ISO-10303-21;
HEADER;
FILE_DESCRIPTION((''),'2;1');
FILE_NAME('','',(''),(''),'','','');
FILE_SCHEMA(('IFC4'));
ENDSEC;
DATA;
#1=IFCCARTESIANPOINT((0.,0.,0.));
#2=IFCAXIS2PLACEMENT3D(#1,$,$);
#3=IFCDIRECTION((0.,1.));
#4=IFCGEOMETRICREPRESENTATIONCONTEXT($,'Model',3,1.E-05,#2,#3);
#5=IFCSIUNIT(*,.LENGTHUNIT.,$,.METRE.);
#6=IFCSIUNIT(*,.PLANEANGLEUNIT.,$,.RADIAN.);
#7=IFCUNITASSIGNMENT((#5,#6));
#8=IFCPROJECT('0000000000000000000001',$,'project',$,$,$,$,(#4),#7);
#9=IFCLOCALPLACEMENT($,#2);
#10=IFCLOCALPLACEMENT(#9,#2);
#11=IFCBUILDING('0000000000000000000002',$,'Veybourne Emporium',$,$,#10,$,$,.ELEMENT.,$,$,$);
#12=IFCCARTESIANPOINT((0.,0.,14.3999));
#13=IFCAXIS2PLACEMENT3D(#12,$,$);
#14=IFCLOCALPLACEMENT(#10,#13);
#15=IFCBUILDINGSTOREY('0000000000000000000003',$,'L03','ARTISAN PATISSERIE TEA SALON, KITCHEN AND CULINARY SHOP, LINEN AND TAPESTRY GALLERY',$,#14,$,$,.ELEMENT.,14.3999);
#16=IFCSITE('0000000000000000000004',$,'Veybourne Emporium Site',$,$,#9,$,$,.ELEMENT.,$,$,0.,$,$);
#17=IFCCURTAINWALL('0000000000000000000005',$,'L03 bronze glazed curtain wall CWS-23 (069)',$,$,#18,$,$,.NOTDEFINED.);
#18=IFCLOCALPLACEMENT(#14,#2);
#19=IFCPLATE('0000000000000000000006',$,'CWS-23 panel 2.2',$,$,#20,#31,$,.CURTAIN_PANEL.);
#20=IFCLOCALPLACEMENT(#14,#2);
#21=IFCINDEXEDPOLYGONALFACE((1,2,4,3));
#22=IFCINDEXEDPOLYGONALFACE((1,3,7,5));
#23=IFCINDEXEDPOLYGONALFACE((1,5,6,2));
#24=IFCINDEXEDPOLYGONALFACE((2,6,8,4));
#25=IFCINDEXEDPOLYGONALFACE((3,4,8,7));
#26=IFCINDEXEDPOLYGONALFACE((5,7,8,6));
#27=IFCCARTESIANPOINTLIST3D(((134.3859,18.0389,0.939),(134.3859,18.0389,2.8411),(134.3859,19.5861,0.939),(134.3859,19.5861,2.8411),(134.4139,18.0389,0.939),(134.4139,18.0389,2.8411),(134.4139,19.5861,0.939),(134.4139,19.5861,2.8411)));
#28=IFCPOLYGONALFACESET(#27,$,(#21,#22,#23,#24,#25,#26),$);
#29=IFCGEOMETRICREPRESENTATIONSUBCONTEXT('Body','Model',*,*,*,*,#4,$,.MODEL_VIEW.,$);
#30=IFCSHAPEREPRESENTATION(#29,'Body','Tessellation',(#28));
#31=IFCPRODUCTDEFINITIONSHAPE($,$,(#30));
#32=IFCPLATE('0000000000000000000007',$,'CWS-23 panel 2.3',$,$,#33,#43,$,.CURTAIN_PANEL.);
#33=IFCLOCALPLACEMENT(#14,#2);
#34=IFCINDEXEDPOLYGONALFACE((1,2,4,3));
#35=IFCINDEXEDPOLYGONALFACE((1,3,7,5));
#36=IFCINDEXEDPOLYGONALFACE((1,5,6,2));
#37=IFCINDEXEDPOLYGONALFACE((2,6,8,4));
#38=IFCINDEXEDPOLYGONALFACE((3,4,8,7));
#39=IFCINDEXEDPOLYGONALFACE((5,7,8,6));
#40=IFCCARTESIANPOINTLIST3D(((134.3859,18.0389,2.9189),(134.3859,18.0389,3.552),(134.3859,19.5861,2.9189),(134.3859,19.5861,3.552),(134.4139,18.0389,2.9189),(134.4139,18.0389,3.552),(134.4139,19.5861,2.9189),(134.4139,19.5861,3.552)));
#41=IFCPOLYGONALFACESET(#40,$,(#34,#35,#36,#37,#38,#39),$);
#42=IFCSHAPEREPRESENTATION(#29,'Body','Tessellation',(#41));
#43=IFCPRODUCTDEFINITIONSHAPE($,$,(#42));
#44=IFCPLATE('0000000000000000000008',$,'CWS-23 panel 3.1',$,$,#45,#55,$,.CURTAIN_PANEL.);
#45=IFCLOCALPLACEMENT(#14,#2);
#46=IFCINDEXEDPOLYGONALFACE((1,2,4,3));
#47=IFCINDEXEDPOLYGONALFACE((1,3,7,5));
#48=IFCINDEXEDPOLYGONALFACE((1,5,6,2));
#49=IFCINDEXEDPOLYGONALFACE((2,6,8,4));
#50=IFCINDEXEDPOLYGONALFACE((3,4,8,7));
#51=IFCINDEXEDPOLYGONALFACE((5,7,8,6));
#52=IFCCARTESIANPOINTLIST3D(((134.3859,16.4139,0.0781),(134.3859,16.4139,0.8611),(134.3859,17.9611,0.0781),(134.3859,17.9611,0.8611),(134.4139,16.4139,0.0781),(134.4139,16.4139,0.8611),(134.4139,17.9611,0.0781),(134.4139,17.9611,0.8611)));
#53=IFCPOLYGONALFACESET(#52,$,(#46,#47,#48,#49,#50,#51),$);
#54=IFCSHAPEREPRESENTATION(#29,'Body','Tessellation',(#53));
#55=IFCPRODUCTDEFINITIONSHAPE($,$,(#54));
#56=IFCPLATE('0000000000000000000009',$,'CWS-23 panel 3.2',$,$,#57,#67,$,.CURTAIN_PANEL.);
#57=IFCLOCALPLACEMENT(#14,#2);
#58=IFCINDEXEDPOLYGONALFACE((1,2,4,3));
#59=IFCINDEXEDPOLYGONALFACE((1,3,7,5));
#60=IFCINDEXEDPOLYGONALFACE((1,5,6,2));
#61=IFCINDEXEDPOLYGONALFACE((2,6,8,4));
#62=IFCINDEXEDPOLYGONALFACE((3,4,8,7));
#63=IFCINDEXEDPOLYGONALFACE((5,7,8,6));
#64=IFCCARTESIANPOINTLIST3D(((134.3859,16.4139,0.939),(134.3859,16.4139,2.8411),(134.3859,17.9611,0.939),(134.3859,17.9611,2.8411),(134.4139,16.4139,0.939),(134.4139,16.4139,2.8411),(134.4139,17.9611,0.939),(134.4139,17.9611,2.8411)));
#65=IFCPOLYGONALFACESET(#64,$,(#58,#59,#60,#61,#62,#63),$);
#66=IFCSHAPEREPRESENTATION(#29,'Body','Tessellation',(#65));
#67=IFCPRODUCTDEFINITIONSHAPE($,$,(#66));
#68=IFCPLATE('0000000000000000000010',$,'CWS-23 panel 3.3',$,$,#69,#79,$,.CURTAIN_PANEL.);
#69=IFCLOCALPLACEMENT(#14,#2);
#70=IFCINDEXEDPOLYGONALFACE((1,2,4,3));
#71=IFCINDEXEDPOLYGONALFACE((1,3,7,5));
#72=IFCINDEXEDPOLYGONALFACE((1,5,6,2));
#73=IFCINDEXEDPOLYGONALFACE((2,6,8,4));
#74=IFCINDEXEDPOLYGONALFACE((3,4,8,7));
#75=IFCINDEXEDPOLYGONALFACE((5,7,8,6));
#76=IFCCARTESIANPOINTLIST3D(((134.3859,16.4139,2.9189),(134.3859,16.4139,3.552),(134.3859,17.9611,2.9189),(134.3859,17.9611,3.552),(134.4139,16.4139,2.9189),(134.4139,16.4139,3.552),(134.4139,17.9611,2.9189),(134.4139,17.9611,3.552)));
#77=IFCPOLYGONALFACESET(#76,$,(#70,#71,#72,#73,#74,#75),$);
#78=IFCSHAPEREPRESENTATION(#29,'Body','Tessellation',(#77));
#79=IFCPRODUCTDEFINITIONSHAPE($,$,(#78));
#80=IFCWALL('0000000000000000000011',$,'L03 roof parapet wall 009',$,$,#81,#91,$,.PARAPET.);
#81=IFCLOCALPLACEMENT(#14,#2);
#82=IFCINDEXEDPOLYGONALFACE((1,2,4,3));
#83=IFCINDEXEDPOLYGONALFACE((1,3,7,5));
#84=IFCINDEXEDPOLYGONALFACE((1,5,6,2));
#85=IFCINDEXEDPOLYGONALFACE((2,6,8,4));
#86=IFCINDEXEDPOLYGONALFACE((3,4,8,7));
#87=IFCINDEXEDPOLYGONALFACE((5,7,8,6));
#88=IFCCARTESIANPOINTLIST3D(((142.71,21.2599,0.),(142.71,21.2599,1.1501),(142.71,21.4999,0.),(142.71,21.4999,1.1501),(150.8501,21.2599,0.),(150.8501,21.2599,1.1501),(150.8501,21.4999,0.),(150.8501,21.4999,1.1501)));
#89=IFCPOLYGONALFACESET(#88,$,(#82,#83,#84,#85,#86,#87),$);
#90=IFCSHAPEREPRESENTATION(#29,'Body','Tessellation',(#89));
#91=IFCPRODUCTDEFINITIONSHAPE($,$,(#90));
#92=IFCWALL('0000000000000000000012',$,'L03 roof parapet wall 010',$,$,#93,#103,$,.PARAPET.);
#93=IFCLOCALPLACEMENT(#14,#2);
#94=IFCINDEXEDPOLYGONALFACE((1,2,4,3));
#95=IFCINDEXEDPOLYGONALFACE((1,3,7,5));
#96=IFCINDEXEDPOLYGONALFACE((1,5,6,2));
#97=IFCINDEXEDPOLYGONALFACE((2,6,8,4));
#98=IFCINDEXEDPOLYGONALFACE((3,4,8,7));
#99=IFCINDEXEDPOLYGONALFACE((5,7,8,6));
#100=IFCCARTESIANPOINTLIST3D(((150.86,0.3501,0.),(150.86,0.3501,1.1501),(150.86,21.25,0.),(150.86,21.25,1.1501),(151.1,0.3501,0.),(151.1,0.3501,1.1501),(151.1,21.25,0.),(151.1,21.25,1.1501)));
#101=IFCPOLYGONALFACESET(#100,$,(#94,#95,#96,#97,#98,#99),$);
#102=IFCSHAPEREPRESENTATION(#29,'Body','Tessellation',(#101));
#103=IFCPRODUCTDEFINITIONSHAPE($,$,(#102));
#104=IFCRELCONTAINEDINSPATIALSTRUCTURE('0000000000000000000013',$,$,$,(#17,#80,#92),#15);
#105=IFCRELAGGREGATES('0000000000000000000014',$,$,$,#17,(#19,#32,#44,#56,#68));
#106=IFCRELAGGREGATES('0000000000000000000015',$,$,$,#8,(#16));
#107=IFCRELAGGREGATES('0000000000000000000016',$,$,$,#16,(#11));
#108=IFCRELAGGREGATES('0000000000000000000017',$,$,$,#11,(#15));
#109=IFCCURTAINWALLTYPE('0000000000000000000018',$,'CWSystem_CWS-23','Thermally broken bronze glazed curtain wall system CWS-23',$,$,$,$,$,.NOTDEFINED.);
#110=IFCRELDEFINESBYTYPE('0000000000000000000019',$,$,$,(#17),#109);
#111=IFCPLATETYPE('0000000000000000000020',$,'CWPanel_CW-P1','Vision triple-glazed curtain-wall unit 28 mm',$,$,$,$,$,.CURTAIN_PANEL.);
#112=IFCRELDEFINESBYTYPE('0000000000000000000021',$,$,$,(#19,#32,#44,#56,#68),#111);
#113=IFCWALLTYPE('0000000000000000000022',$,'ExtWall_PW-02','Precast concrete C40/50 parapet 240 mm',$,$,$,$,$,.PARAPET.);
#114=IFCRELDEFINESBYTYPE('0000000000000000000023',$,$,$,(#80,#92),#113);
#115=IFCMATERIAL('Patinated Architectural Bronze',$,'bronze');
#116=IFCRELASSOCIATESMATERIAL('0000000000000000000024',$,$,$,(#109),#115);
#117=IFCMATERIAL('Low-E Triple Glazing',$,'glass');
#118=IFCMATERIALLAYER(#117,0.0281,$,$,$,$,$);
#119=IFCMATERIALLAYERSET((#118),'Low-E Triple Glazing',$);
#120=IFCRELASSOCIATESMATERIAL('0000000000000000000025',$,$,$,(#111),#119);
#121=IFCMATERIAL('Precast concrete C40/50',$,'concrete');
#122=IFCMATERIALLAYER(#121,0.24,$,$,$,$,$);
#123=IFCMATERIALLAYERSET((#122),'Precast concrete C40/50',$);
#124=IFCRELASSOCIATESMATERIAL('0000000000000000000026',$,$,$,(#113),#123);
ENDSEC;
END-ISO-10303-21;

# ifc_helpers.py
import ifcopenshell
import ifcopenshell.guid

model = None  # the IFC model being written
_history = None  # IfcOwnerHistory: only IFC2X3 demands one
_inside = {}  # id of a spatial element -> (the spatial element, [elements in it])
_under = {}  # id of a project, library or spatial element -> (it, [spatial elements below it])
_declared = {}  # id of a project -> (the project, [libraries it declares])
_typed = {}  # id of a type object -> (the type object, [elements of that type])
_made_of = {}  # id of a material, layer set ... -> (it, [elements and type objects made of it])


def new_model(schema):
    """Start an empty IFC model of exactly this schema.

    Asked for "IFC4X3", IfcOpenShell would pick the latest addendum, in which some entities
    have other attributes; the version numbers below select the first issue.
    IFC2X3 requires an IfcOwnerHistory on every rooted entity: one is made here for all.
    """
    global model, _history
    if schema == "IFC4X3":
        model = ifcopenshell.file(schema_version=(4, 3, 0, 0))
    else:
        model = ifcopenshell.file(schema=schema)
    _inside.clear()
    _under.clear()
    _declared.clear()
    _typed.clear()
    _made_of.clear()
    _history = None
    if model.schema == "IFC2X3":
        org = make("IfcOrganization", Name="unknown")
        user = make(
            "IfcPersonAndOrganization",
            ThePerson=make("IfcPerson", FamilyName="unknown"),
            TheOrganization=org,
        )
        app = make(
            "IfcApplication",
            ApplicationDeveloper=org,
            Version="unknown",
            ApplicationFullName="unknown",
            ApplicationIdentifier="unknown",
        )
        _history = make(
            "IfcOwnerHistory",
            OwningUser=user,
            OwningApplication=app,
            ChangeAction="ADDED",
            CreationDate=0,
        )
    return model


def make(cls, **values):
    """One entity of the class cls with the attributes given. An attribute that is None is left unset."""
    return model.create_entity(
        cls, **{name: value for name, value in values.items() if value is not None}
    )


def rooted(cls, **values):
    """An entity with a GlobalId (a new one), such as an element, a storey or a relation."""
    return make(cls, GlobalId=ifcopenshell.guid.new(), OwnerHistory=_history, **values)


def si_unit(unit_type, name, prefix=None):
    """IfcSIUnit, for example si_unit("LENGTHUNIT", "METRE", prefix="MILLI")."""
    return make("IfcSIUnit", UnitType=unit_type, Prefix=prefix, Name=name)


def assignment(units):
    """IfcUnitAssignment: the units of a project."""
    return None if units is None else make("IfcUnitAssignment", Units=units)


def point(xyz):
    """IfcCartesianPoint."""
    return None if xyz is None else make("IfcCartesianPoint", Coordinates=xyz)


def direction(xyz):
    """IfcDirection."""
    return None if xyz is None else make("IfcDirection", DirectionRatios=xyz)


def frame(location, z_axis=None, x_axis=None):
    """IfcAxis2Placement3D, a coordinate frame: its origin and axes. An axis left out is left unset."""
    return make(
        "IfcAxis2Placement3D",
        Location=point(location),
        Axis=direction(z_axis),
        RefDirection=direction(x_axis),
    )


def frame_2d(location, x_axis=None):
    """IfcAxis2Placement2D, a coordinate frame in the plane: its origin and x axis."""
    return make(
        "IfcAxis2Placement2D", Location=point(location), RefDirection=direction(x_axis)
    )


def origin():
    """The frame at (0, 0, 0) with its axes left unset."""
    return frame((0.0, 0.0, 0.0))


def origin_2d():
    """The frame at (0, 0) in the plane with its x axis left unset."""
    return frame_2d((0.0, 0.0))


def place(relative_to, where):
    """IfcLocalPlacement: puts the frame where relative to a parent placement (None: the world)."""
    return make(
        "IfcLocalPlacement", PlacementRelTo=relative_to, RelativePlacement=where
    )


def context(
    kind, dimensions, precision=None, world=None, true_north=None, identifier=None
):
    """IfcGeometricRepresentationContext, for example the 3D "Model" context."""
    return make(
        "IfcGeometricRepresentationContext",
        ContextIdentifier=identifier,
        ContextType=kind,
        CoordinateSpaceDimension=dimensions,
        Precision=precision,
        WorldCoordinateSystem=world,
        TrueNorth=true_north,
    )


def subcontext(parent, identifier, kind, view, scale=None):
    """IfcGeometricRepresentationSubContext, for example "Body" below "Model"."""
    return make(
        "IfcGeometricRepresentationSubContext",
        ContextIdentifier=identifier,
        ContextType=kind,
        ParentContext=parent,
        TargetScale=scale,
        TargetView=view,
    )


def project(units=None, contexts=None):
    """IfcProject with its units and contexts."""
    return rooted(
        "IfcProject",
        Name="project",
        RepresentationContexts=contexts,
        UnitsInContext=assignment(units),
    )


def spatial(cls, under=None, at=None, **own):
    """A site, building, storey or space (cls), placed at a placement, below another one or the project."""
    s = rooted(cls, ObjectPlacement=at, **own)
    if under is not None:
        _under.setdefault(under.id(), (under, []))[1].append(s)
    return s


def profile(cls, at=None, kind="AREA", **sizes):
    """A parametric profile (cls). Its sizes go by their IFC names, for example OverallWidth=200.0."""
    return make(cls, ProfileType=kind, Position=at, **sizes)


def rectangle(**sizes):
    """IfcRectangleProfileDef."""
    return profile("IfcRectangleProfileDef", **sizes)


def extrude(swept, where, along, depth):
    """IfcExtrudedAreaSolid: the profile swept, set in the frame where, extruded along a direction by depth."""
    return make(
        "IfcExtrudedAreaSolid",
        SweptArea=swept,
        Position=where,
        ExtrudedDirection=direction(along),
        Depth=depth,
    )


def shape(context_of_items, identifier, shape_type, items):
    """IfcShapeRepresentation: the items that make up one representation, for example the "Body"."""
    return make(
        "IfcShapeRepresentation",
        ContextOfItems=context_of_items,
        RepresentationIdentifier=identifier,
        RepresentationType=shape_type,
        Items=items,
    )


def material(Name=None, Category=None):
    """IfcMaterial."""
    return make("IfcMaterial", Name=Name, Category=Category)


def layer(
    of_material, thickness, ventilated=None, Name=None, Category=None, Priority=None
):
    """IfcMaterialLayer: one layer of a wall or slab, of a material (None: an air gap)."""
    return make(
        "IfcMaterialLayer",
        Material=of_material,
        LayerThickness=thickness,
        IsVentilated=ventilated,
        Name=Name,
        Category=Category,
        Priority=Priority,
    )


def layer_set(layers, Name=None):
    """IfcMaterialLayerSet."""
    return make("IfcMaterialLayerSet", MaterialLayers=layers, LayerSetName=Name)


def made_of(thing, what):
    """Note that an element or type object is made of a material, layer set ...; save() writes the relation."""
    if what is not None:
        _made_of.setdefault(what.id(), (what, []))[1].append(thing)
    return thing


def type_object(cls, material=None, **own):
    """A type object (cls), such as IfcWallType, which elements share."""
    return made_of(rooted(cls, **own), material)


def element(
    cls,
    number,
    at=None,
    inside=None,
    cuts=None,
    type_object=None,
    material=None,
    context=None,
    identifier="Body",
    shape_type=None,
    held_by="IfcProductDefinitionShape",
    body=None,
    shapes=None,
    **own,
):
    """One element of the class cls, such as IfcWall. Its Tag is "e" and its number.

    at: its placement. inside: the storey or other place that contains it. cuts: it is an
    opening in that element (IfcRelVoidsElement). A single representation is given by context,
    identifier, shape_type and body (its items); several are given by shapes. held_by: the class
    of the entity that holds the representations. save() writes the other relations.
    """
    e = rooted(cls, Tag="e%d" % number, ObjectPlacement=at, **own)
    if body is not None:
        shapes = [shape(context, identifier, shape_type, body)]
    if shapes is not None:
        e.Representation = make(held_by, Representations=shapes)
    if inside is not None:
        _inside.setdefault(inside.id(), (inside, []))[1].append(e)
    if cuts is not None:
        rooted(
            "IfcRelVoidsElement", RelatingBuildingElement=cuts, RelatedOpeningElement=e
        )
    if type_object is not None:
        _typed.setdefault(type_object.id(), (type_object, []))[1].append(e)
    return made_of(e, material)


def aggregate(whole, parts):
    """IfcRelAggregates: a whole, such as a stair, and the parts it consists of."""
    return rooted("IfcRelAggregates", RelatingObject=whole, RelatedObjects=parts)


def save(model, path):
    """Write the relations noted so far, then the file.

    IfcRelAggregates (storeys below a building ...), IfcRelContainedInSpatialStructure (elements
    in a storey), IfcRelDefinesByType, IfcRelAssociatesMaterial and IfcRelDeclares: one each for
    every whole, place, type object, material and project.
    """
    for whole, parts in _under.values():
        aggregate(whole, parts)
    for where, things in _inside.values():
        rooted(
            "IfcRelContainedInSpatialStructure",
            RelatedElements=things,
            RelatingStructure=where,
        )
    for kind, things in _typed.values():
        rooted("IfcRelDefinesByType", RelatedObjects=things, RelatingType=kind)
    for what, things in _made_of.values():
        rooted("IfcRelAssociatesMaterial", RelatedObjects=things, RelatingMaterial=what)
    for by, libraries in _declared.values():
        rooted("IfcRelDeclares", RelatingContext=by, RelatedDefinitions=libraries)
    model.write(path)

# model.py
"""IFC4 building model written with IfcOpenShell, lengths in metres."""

from ifc_helpers import new_model, si_unit, direction, frame, frame_2d, origin, origin_2d, place, context, subcontext, project, spatial, rectangle, extrude, material, layer, layer_set, type_object, element, aggregate, save


model = new_model("IFC4")

# Units and contexts
model_context = context("Model", 3, precision=1e-05, world=origin(), true_north=direction((0.0, 1.0)))
body_context = subcontext(model_context, "Body", "Model", "MODEL_VIEW")
ifc_project = project(units=[si_unit("LENGTHUNIT", "METRE"), si_unit("PLANEANGLEUNIT", "RADIAN")], contexts=[model_context])

# Site, building, storey
site_placement = place(None, origin())
site = spatial("IfcSite", under=ifc_project, at=site_placement, Name="Veybourne Emporium Site", CompositionType="ELEMENT", RefElevation=0.0)
building_placement = place(site_placement, origin())
building = spatial("IfcBuilding", under=site, at=building_placement, Name="Veybourne Emporium", CompositionType="ELEMENT")
storey_placement = place(building_placement, frame((0.0, 0.0, 14.3999)))
storey = spatial("IfcBuildingStorey", under=building, at=storey_placement, Name="L03", Description="ARTISAN PATISSERIE TEA SALON, KITCHEN AND CULINARY SHOP, LINEN AND TAPESTRY GALLERY", CompositionType="ELEMENT", Elevation=14.3999)

# Curtain wall, plates
ifc_material_1 = material(Name="Patinated Architectural Bronze", Category="bronze")
curtain_wall_type = type_object("IfcCurtainWallType", Name="CWSystem_CWS-23", Description="Thermally broken bronze glazed curtain wall system CWS-23", PredefinedType="NOTDEFINED", material=ifc_material_1)
curtain_wall_placement = place(storey_placement, origin())
curtain_wall = element("IfcCurtainWall", 1, at=curtain_wall_placement, inside=storey, type_object=curtain_wall_type, Name="L03 bronze glazed curtain wall CWS-23 (069)", PredefinedType="NOTDEFINED")
ifc_material_2 = material(Name="Low-E Triple Glazing", Category="glass")
ifc_layer_1 = layer(ifc_material_2, 0.0281)
ifc_layer_set_1 = layer_set([ifc_layer_1], Name="Low-E Triple Glazing")
plate_type = type_object("IfcPlateType", Name="CWPanel_CW-P1", Description="Vision triple-glazed curtain-wall unit 28 mm", PredefinedType="CURTAIN_PANEL", material=ifc_layer_set_1)
plate_1_placement = place(storey_placement, frame((134.3999, 18.8125, 0.939), z_axis=(0.0, 0.0, 1.0), x_axis=(0.0, -1.0, 0.0)))
plate_1 = element("IfcPlate", 2, at=plate_1_placement, type_object=plate_type, Name="CWS-23 panel 2.2", PredefinedType="CURTAIN_PANEL", context=body_context, shape_type="SweptSolid", body=[
    extrude(rectangle(XDim=1.5471, YDim=0.0281, at=origin_2d()), origin(), (0.0, 0.0, 1.0), 1.9021),
])
plate_2_placement = place(storey_placement, frame((134.3999, 18.8125, 2.9189), z_axis=(0.0, 0.0, 1.0), x_axis=(0.0, -1.0, 0.0)))
plate_2 = element("IfcPlate", 3, at=plate_2_placement, type_object=plate_type, Name="CWS-23 panel 2.3", PredefinedType="CURTAIN_PANEL", context=body_context, shape_type="SweptSolid", body=[
    extrude(rectangle(XDim=1.5471, YDim=0.0281, at=origin_2d()), origin(), (0.0, 0.0, 1.0), 0.6331),
])
plate_3_placement = place(storey_placement, frame((134.3999, 17.1875, 0.0781), z_axis=(0.0, 0.0, 1.0), x_axis=(0.0, -1.0, 0.0)))
plate_3 = element("IfcPlate", 4, at=plate_3_placement, type_object=plate_type, Name="CWS-23 panel 3.1", PredefinedType="CURTAIN_PANEL", context=body_context, shape_type="SweptSolid", body=[
    extrude(rectangle(XDim=1.5471, YDim=0.0281, at=origin_2d()), origin(), (0.0, 0.0, 1.0), 0.783),
])
plate_4_placement = place(storey_placement, frame((134.3999, 17.1875, 0.939), z_axis=(0.0, 0.0, 1.0), x_axis=(0.0, -1.0, 0.0)))
plate_4 = element("IfcPlate", 5, at=plate_4_placement, type_object=plate_type, Name="CWS-23 panel 3.2", PredefinedType="CURTAIN_PANEL", context=body_context, shape_type="SweptSolid", body=[
    extrude(rectangle(XDim=1.5471, YDim=0.0281, at=origin_2d()), origin(), (0.0, 0.0, 1.0), 1.9021),
])
plate_5_placement = place(storey_placement, frame((134.3999, 17.1875, 2.9189), z_axis=(0.0, 0.0, 1.0), x_axis=(0.0, -1.0, 0.0)))
plate_5 = element("IfcPlate", 6, at=plate_5_placement, type_object=plate_type, Name="CWS-23 panel 3.3", PredefinedType="CURTAIN_PANEL", context=body_context, shape_type="SweptSolid", body=[
    extrude(rectangle(XDim=1.5471, YDim=0.0281, at=origin_2d()), origin(), (0.0, 0.0, 1.0), 0.6331),
])
aggregate(curtain_wall, [plate_1, plate_2, plate_3, plate_4, plate_5])

# Walls
ifc_material_3 = material(Name="Precast concrete C40/50", Category="concrete")
ifc_layer_2 = layer(ifc_material_3, 0.24)
ifc_layer_set_2 = layer_set([ifc_layer_2], Name="Precast concrete C40/50")
wall_type = type_object("IfcWallType", Name="ExtWall_PW-02", Description="Precast concrete C40/50 parapet 240 mm", PredefinedType="PARAPET", material=ifc_layer_set_2)
wall_1_placement = place(storey_placement, frame((142.71, 21.3799, 0.0), z_axis=(0.0, 0.0, 1.0), x_axis=(1.0, 0.0, 0.0)))
element("IfcWall", 7, at=wall_1_placement, inside=storey, type_object=wall_type, Name="L03 roof parapet wall 009", PredefinedType="PARAPET", context=body_context, shape_type="SweptSolid", body=[
    extrude(rectangle(XDim=8.1401, YDim=0.24, at=frame_2d((4.0701, 0.0))), origin(), (0.0, 0.0, 1.0), 1.1501),
])
wall_2_placement = place(storey_placement, frame((150.98, 21.25, 0.0), z_axis=(0.0, 0.0, 1.0), x_axis=(0.0, -1.0, 0.0)))
element("IfcWall", 8, at=wall_2_placement, inside=storey, type_object=wall_type, Name="L03 roof parapet wall 010", PredefinedType="PARAPET", context=body_context, shape_type="SweptSolid", body=[
    extrude(rectangle(XDim=20.8999, YDim=0.24, at=frame_2d((10.45, 0.0))), origin(), (0.0, 0.0, 1.0), 1.1501),
])

save(model, "model.ifc")
